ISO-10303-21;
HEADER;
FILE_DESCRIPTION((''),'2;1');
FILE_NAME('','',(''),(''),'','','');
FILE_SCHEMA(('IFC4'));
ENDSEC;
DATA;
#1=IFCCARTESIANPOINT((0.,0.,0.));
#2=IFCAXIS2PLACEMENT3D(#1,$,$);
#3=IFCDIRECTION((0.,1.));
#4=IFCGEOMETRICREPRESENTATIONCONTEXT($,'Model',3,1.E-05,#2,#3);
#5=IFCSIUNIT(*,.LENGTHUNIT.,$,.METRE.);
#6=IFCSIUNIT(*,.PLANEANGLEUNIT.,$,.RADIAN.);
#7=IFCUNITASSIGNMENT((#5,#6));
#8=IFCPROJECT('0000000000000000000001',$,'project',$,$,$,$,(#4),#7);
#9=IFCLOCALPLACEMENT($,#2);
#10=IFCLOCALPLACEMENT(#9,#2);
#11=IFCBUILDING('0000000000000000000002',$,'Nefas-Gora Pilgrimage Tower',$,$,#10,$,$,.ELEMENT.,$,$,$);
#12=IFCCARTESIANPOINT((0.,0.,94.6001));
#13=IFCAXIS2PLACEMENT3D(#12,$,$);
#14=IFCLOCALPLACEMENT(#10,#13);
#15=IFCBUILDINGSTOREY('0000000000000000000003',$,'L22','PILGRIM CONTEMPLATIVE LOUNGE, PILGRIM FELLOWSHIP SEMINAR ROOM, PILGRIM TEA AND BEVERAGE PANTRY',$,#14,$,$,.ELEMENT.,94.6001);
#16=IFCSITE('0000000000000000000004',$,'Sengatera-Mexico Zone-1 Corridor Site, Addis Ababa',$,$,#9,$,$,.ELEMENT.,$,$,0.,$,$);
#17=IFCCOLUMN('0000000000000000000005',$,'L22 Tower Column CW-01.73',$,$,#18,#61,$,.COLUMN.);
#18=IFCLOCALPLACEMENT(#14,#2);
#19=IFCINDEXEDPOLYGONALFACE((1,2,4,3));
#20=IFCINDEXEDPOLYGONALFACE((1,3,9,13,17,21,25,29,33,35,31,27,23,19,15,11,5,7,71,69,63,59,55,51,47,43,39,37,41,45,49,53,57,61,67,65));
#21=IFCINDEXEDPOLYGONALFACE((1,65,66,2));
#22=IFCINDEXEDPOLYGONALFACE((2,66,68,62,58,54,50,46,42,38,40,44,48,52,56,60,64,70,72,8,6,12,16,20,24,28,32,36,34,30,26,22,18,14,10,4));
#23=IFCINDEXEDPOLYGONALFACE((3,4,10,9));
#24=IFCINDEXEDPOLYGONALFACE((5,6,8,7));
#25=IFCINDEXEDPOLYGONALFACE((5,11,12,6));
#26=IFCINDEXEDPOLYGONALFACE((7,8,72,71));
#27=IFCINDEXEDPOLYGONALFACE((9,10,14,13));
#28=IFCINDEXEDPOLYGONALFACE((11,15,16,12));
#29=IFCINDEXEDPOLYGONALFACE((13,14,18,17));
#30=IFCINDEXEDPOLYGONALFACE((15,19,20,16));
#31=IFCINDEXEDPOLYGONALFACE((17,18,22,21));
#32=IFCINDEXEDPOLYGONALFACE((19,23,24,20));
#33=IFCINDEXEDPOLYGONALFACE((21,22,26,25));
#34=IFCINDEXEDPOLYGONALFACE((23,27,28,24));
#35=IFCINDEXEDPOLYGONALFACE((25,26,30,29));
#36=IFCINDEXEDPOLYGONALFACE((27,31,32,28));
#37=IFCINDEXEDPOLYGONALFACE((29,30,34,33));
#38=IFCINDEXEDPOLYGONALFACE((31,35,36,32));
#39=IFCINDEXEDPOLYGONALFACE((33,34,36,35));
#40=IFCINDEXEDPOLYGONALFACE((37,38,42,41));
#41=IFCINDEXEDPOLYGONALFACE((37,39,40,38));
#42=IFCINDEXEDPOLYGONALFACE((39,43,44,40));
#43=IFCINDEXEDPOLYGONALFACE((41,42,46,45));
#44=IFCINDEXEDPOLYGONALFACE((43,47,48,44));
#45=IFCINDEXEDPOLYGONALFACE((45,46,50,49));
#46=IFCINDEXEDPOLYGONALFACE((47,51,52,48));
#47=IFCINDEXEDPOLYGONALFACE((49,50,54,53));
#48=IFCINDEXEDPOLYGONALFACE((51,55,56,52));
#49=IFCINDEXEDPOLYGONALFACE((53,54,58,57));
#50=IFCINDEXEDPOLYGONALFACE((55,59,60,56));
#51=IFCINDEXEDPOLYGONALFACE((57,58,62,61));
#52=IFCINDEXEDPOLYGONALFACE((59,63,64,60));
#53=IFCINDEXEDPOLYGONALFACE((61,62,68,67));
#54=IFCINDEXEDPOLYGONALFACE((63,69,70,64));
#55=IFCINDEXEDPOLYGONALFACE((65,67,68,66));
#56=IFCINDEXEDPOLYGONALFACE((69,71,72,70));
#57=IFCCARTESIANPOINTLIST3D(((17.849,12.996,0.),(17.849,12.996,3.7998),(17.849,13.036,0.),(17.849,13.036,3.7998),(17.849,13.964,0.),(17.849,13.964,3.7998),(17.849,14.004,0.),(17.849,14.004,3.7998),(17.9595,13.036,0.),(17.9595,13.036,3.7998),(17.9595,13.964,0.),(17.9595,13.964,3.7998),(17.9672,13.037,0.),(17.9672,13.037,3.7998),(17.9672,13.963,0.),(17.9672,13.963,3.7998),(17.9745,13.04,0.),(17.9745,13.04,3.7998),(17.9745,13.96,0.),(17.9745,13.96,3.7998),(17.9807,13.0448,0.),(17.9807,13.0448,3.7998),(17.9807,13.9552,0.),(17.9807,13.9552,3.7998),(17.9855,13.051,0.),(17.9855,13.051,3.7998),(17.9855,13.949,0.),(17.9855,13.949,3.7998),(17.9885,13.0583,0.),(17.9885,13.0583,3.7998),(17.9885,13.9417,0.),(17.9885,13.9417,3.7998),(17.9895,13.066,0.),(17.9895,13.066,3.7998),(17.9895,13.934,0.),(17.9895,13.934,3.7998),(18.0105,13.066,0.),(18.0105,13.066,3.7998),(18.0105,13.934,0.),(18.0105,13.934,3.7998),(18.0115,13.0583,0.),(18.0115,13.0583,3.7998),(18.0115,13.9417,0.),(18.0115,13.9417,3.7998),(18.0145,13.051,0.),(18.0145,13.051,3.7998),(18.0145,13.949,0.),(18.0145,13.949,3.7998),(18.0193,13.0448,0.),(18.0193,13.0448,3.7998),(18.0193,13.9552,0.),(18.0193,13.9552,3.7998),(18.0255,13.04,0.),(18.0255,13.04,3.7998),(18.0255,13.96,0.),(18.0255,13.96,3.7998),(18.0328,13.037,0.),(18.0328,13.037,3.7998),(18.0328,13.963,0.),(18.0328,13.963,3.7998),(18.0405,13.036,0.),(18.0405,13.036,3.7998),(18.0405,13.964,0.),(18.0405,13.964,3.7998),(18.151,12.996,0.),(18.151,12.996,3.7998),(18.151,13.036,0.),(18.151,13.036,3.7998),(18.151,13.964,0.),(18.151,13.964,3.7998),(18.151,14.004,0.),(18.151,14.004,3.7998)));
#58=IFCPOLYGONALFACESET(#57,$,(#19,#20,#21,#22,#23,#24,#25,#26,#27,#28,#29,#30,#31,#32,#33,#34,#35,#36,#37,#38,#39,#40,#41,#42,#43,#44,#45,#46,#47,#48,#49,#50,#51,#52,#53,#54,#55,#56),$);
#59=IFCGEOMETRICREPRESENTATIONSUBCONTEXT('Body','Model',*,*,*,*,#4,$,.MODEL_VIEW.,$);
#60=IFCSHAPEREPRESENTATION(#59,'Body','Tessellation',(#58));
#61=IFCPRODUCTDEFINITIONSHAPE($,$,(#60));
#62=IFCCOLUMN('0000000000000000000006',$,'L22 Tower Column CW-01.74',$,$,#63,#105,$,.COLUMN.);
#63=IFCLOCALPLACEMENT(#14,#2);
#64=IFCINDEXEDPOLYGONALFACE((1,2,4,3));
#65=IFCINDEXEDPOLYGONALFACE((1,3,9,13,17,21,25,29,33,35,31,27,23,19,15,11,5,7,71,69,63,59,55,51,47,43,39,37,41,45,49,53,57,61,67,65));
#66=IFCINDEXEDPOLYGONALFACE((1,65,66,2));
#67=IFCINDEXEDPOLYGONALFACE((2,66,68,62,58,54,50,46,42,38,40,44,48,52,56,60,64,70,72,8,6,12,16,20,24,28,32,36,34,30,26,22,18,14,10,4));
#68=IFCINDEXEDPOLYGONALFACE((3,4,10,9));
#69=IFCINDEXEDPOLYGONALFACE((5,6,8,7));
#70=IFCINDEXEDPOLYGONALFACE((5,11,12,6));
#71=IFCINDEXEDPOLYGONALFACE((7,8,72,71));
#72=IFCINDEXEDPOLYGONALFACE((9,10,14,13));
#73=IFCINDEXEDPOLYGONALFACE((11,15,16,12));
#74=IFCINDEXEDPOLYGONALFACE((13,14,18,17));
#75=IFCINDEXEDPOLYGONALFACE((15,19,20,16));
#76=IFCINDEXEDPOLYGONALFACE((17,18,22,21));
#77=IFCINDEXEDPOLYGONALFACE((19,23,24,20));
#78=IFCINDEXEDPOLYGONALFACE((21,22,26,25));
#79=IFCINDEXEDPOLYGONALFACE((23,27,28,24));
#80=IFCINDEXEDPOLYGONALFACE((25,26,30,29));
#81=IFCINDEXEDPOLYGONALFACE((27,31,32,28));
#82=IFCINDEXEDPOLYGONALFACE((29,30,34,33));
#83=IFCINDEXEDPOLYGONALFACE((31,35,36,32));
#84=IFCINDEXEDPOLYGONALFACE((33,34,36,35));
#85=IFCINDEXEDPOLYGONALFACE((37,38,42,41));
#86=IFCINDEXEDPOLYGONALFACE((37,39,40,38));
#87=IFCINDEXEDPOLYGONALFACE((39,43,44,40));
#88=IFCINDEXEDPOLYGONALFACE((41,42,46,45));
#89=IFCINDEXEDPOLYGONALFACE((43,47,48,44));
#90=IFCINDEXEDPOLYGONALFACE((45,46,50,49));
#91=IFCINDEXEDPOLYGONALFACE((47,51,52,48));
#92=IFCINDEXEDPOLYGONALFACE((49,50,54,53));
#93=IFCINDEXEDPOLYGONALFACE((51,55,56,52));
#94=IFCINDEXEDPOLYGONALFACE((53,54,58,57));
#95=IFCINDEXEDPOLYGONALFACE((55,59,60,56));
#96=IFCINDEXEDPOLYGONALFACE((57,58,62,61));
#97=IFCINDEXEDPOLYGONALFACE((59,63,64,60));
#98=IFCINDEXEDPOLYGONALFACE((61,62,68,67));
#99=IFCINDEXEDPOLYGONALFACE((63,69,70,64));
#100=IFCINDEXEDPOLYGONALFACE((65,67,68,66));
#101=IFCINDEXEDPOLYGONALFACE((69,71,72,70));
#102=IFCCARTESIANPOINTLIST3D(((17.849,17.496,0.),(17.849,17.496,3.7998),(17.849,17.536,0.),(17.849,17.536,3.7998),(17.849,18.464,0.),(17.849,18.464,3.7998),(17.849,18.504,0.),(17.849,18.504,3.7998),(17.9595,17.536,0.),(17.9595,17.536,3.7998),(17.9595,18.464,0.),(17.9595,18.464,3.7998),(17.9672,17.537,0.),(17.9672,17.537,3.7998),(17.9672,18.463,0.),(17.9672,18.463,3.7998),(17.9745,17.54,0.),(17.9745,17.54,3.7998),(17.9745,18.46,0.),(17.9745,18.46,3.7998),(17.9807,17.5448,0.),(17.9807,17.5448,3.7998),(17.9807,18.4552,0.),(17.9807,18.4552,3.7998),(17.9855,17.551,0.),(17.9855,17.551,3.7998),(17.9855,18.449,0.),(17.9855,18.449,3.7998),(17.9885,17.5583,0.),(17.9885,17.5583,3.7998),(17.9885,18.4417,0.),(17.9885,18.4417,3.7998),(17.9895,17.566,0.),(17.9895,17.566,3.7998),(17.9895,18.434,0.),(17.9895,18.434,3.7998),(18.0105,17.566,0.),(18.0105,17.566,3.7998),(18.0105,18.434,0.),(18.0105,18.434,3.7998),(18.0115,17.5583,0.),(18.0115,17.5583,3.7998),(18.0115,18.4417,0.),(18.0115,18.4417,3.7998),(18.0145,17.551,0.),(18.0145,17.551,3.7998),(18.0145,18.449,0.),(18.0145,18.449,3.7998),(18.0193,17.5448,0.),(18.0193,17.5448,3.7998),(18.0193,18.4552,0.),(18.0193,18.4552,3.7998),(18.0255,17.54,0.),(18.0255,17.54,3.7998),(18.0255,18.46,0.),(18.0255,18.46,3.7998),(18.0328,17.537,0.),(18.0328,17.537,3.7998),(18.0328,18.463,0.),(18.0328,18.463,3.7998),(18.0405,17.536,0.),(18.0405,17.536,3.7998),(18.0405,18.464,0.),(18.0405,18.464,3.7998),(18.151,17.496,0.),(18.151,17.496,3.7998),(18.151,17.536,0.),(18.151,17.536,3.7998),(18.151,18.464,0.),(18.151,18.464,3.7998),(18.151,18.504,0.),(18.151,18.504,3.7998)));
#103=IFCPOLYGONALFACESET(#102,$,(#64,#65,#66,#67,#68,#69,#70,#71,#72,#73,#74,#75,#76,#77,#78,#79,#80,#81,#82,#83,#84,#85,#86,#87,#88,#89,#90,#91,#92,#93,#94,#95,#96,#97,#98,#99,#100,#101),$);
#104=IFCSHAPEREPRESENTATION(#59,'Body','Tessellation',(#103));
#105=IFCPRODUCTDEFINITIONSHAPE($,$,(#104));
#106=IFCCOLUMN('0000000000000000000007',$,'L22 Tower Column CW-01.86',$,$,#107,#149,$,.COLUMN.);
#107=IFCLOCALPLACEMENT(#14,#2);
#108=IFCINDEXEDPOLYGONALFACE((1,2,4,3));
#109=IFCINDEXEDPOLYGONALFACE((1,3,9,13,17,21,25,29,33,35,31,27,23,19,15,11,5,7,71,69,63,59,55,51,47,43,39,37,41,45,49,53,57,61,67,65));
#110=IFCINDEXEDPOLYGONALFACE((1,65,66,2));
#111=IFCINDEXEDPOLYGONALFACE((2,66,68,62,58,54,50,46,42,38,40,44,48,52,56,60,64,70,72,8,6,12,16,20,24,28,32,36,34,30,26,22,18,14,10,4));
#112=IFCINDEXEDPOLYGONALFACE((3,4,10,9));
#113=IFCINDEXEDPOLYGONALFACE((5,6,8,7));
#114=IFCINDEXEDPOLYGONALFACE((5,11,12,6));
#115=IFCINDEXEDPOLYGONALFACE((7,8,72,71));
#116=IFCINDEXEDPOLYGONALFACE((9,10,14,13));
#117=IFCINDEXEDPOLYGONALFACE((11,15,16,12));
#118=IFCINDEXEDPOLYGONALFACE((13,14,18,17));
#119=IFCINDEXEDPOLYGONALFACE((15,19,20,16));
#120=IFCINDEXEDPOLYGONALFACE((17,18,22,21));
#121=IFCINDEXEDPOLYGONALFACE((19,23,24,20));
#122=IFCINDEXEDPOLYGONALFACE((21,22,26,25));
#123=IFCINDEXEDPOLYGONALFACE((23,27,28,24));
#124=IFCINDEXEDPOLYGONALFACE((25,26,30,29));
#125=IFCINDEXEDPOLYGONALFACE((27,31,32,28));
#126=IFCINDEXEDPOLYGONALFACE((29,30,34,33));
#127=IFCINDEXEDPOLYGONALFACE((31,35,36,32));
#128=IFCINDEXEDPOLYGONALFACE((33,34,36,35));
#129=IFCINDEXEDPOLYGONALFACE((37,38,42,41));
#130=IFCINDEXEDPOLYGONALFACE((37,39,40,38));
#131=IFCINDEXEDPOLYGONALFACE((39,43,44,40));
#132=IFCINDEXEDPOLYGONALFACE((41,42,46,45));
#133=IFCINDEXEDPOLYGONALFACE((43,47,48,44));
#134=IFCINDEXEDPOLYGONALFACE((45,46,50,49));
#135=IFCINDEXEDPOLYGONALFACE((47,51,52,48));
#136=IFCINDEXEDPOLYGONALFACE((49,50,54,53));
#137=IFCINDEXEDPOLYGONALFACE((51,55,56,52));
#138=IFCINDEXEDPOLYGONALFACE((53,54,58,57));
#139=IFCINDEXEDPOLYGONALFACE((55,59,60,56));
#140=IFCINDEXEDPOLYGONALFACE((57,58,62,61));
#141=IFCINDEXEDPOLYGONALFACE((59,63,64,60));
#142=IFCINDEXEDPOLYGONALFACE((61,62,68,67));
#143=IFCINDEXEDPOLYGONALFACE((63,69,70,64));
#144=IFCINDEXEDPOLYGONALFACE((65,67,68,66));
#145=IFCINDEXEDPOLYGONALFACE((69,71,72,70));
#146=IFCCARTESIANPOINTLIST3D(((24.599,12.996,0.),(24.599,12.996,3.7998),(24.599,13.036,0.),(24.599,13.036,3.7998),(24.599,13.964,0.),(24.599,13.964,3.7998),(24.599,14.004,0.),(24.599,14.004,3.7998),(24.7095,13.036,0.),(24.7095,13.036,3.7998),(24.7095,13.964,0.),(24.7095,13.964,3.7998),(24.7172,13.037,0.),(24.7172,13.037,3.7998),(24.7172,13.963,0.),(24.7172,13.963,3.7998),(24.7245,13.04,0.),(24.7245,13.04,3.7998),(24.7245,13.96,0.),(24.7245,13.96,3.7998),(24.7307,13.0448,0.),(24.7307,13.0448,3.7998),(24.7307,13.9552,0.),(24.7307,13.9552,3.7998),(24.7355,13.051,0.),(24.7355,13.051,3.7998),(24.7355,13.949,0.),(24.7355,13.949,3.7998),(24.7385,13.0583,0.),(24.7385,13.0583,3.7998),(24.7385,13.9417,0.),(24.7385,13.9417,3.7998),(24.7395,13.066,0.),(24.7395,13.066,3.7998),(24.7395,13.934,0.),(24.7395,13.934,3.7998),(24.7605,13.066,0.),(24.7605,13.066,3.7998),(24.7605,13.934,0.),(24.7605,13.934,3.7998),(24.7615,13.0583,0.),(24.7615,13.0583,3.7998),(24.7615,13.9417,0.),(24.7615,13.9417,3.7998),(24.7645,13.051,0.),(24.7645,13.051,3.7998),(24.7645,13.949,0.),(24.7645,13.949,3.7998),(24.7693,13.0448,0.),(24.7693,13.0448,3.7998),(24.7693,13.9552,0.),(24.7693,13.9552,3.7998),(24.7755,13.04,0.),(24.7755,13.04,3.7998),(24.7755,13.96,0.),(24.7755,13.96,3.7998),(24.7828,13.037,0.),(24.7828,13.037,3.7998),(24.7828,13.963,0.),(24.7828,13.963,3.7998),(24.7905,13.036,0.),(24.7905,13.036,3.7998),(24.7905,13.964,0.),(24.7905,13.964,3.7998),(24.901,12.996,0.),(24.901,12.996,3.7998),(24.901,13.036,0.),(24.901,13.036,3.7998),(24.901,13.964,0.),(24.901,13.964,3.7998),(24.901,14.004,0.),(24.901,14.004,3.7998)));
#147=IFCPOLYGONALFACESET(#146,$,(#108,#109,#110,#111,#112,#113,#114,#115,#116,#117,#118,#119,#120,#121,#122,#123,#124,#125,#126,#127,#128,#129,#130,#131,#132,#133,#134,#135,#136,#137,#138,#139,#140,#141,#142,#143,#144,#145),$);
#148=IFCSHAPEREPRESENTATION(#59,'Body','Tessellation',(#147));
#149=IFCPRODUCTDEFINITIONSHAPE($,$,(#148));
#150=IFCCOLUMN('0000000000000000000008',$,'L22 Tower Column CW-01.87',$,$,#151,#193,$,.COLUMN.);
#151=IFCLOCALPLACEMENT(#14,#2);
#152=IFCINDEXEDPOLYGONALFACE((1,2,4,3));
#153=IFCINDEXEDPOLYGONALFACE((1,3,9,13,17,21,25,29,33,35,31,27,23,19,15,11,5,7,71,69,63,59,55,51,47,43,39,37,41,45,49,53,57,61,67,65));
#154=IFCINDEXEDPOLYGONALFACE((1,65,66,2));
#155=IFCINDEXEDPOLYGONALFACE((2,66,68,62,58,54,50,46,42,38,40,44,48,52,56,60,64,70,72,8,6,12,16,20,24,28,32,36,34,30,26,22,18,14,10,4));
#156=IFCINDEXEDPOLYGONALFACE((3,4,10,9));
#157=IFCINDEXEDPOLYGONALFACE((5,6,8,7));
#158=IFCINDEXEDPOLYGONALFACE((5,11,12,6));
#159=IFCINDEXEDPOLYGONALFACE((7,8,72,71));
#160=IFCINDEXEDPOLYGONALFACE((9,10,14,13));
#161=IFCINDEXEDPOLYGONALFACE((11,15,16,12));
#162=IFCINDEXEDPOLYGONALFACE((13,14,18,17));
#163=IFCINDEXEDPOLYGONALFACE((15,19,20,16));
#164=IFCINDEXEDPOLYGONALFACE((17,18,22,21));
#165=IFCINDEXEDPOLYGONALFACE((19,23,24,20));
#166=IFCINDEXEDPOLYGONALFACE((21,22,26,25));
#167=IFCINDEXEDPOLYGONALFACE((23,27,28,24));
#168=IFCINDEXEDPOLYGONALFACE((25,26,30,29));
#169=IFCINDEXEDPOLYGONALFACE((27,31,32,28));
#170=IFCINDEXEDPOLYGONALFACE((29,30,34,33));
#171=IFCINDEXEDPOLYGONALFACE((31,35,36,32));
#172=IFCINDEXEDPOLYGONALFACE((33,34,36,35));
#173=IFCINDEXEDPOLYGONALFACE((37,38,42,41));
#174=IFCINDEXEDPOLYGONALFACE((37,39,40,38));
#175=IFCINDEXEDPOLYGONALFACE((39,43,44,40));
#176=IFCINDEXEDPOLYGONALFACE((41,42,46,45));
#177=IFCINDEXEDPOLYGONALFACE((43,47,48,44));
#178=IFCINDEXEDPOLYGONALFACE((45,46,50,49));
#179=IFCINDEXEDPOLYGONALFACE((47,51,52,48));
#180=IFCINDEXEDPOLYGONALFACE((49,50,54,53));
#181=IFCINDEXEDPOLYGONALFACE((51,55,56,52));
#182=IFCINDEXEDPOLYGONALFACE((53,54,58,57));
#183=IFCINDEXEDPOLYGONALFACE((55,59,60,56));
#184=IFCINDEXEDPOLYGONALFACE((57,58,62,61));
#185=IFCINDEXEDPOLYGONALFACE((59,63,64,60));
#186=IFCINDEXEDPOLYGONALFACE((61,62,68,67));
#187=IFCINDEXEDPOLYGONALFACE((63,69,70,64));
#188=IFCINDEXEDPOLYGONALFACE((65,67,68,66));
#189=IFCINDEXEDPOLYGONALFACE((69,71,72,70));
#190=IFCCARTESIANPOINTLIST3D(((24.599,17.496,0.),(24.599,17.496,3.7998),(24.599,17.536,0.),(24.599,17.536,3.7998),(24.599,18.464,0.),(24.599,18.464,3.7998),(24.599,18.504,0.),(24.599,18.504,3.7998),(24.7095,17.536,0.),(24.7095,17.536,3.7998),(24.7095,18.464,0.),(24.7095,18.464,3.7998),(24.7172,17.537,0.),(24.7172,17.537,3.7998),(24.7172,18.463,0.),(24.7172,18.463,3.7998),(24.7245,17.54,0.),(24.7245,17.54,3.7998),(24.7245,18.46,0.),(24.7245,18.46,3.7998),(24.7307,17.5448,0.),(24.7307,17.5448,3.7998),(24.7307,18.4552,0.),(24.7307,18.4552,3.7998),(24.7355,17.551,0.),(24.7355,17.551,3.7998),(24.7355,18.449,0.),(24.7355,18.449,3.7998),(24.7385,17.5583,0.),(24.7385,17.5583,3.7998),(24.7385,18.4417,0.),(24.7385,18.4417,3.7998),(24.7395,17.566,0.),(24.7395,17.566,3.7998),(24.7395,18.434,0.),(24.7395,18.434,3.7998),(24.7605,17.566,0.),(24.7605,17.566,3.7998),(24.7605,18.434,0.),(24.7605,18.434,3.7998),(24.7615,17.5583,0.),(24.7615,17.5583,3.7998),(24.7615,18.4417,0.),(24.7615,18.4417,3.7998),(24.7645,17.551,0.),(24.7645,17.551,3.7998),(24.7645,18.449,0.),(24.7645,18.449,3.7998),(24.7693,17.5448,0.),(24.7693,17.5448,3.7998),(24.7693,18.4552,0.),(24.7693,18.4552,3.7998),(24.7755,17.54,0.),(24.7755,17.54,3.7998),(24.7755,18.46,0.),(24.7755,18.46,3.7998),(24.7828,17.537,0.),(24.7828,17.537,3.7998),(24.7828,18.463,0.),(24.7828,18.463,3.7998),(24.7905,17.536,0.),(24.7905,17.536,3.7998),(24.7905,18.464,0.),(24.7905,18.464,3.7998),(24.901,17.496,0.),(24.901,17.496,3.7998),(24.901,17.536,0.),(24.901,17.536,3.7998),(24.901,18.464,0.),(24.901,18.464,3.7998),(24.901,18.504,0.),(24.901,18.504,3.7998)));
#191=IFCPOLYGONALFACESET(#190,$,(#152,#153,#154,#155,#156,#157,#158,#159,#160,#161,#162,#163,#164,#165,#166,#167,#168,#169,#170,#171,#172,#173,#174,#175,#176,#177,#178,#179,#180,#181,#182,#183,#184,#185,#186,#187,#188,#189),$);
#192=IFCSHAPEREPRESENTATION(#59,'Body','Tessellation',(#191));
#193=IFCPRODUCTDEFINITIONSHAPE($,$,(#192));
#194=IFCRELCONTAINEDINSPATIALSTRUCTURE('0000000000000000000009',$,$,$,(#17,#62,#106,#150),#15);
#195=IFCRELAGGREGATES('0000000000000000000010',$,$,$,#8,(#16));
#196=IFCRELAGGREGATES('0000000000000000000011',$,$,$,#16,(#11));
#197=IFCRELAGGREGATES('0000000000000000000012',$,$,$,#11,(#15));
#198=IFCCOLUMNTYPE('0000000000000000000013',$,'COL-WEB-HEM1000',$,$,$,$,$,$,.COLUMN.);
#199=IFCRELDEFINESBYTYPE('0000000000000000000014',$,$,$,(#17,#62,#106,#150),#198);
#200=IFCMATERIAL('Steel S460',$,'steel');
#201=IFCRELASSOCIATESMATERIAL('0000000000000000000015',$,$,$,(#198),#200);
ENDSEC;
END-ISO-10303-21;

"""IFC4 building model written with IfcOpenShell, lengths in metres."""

from ifc_helpers import new_model, si_unit, direction, frame, origin, origin_2d, place, context, subcontext, project, spatial, i_section, extrude, source, transform, mapped, material, material_profile, profile_set, type_object, element, save


model = new_model("IFC4")

# Units and contexts
model_context = context("Model", 3, precision=1e-05, world=origin(), true_north=direction((0.0, 1.0)))
body_context = subcontext(model_context, "Body", "Model", "MODEL_VIEW")
ifc_project = project(units=[si_unit("LENGTHUNIT", "METRE"), si_unit("PLANEANGLEUNIT", "RADIAN")], contexts=[model_context])

# Site, building, storey
site_placement = place(None, origin())
site = spatial("IfcSite", under=ifc_project, at=site_placement, Name="Sengatera-Mexico Zone-1 Corridor Site, Addis Ababa", CompositionType="ELEMENT", RefElevation=0.0)
building_placement = place(site_placement, origin())
building = spatial("IfcBuilding", under=site, at=building_placement, Name="Nefas-Gora Pilgrimage Tower", CompositionType="ELEMENT")
storey_placement = place(building_placement, frame((0.0, 0.0, 94.6001)))
storey = spatial("IfcBuildingStorey", under=building, at=storey_placement, Name="L22", Description="PILGRIM CONTEMPLATIVE LOUNGE, PILGRIM FELLOWSHIP SEMINAR ROOM, PILGRIM TEA AND BEVERAGE PANTRY", CompositionType="ELEMENT", Elevation=94.6001)

# Columns
ifc_material_1 = material(Name="Steel S460", Category="steel")
ifc_material_profile_1 = material_profile(ifc_material_1, i_section(OverallWidth=0.302, OverallDepth=1.0081, WebThickness=0.021, FlangeThickness=0.04, FilletRadius=0.03, at=origin_2d()), Name="HEM 1000")
ifc_profile_set_1 = profile_set([ifc_material_profile_1], Name="Steel S460")
column_type_1 = type_object("IfcColumnType", Name="COL-WEB-HEM1000", PredefinedType="COLUMN", material=ifc_profile_set_1)
shared_shape_1 = source(origin(), body_context, "Body", "SweptSolid", [
    extrude(i_section(OverallWidth=0.302, OverallDepth=1.0081, WebThickness=0.021, FlangeThickness=0.04, FilletRadius=0.03, at=origin_2d()), origin(), (0.0, 0.0, 1.0), 3.7998),
])
for number, where, z_axis, x_axis, name in (
    (1, (18.0, 13.5, 0.0), (0.0, 0.0, 1.0), (1.0, 0.0, 0.0), "L22 Tower Column CW-01.73"),
    (2, (18.0, 18.0, 0.0), (0.0, 0.0, 1.0), (1.0, 0.0, 0.0), "L22 Tower Column CW-01.74"),
    (3, (24.75, 13.5, 0.0), (0.0, 0.0, 1.0), (1.0, 0.0, 0.0), "L22 Tower Column CW-01.86"),
    (4, (24.75, 18.0, 0.0), (0.0, 0.0, 1.0), (1.0, 0.0, 0.0), "L22 Tower Column CW-01.87"),
):
    element("IfcColumn", number, at=place(storey_placement, frame(where, z_axis=z_axis, x_axis=x_axis)), inside=storey, type_object=column_type_1, Name=name, PredefinedType="COLUMN", context=body_context, shape_type="MappedRepresentation", body=[
        mapped(shared_shape_1, transform((0.0, 0.0, 0.0), x_axis=(1.0, 0.0, 0.0), y_axis=(0.0, 1.0, 0.0), z_axis=(0.0, 0.0, 1.0), scale=1.0)),
    ])

save(model, "model.ifc")
